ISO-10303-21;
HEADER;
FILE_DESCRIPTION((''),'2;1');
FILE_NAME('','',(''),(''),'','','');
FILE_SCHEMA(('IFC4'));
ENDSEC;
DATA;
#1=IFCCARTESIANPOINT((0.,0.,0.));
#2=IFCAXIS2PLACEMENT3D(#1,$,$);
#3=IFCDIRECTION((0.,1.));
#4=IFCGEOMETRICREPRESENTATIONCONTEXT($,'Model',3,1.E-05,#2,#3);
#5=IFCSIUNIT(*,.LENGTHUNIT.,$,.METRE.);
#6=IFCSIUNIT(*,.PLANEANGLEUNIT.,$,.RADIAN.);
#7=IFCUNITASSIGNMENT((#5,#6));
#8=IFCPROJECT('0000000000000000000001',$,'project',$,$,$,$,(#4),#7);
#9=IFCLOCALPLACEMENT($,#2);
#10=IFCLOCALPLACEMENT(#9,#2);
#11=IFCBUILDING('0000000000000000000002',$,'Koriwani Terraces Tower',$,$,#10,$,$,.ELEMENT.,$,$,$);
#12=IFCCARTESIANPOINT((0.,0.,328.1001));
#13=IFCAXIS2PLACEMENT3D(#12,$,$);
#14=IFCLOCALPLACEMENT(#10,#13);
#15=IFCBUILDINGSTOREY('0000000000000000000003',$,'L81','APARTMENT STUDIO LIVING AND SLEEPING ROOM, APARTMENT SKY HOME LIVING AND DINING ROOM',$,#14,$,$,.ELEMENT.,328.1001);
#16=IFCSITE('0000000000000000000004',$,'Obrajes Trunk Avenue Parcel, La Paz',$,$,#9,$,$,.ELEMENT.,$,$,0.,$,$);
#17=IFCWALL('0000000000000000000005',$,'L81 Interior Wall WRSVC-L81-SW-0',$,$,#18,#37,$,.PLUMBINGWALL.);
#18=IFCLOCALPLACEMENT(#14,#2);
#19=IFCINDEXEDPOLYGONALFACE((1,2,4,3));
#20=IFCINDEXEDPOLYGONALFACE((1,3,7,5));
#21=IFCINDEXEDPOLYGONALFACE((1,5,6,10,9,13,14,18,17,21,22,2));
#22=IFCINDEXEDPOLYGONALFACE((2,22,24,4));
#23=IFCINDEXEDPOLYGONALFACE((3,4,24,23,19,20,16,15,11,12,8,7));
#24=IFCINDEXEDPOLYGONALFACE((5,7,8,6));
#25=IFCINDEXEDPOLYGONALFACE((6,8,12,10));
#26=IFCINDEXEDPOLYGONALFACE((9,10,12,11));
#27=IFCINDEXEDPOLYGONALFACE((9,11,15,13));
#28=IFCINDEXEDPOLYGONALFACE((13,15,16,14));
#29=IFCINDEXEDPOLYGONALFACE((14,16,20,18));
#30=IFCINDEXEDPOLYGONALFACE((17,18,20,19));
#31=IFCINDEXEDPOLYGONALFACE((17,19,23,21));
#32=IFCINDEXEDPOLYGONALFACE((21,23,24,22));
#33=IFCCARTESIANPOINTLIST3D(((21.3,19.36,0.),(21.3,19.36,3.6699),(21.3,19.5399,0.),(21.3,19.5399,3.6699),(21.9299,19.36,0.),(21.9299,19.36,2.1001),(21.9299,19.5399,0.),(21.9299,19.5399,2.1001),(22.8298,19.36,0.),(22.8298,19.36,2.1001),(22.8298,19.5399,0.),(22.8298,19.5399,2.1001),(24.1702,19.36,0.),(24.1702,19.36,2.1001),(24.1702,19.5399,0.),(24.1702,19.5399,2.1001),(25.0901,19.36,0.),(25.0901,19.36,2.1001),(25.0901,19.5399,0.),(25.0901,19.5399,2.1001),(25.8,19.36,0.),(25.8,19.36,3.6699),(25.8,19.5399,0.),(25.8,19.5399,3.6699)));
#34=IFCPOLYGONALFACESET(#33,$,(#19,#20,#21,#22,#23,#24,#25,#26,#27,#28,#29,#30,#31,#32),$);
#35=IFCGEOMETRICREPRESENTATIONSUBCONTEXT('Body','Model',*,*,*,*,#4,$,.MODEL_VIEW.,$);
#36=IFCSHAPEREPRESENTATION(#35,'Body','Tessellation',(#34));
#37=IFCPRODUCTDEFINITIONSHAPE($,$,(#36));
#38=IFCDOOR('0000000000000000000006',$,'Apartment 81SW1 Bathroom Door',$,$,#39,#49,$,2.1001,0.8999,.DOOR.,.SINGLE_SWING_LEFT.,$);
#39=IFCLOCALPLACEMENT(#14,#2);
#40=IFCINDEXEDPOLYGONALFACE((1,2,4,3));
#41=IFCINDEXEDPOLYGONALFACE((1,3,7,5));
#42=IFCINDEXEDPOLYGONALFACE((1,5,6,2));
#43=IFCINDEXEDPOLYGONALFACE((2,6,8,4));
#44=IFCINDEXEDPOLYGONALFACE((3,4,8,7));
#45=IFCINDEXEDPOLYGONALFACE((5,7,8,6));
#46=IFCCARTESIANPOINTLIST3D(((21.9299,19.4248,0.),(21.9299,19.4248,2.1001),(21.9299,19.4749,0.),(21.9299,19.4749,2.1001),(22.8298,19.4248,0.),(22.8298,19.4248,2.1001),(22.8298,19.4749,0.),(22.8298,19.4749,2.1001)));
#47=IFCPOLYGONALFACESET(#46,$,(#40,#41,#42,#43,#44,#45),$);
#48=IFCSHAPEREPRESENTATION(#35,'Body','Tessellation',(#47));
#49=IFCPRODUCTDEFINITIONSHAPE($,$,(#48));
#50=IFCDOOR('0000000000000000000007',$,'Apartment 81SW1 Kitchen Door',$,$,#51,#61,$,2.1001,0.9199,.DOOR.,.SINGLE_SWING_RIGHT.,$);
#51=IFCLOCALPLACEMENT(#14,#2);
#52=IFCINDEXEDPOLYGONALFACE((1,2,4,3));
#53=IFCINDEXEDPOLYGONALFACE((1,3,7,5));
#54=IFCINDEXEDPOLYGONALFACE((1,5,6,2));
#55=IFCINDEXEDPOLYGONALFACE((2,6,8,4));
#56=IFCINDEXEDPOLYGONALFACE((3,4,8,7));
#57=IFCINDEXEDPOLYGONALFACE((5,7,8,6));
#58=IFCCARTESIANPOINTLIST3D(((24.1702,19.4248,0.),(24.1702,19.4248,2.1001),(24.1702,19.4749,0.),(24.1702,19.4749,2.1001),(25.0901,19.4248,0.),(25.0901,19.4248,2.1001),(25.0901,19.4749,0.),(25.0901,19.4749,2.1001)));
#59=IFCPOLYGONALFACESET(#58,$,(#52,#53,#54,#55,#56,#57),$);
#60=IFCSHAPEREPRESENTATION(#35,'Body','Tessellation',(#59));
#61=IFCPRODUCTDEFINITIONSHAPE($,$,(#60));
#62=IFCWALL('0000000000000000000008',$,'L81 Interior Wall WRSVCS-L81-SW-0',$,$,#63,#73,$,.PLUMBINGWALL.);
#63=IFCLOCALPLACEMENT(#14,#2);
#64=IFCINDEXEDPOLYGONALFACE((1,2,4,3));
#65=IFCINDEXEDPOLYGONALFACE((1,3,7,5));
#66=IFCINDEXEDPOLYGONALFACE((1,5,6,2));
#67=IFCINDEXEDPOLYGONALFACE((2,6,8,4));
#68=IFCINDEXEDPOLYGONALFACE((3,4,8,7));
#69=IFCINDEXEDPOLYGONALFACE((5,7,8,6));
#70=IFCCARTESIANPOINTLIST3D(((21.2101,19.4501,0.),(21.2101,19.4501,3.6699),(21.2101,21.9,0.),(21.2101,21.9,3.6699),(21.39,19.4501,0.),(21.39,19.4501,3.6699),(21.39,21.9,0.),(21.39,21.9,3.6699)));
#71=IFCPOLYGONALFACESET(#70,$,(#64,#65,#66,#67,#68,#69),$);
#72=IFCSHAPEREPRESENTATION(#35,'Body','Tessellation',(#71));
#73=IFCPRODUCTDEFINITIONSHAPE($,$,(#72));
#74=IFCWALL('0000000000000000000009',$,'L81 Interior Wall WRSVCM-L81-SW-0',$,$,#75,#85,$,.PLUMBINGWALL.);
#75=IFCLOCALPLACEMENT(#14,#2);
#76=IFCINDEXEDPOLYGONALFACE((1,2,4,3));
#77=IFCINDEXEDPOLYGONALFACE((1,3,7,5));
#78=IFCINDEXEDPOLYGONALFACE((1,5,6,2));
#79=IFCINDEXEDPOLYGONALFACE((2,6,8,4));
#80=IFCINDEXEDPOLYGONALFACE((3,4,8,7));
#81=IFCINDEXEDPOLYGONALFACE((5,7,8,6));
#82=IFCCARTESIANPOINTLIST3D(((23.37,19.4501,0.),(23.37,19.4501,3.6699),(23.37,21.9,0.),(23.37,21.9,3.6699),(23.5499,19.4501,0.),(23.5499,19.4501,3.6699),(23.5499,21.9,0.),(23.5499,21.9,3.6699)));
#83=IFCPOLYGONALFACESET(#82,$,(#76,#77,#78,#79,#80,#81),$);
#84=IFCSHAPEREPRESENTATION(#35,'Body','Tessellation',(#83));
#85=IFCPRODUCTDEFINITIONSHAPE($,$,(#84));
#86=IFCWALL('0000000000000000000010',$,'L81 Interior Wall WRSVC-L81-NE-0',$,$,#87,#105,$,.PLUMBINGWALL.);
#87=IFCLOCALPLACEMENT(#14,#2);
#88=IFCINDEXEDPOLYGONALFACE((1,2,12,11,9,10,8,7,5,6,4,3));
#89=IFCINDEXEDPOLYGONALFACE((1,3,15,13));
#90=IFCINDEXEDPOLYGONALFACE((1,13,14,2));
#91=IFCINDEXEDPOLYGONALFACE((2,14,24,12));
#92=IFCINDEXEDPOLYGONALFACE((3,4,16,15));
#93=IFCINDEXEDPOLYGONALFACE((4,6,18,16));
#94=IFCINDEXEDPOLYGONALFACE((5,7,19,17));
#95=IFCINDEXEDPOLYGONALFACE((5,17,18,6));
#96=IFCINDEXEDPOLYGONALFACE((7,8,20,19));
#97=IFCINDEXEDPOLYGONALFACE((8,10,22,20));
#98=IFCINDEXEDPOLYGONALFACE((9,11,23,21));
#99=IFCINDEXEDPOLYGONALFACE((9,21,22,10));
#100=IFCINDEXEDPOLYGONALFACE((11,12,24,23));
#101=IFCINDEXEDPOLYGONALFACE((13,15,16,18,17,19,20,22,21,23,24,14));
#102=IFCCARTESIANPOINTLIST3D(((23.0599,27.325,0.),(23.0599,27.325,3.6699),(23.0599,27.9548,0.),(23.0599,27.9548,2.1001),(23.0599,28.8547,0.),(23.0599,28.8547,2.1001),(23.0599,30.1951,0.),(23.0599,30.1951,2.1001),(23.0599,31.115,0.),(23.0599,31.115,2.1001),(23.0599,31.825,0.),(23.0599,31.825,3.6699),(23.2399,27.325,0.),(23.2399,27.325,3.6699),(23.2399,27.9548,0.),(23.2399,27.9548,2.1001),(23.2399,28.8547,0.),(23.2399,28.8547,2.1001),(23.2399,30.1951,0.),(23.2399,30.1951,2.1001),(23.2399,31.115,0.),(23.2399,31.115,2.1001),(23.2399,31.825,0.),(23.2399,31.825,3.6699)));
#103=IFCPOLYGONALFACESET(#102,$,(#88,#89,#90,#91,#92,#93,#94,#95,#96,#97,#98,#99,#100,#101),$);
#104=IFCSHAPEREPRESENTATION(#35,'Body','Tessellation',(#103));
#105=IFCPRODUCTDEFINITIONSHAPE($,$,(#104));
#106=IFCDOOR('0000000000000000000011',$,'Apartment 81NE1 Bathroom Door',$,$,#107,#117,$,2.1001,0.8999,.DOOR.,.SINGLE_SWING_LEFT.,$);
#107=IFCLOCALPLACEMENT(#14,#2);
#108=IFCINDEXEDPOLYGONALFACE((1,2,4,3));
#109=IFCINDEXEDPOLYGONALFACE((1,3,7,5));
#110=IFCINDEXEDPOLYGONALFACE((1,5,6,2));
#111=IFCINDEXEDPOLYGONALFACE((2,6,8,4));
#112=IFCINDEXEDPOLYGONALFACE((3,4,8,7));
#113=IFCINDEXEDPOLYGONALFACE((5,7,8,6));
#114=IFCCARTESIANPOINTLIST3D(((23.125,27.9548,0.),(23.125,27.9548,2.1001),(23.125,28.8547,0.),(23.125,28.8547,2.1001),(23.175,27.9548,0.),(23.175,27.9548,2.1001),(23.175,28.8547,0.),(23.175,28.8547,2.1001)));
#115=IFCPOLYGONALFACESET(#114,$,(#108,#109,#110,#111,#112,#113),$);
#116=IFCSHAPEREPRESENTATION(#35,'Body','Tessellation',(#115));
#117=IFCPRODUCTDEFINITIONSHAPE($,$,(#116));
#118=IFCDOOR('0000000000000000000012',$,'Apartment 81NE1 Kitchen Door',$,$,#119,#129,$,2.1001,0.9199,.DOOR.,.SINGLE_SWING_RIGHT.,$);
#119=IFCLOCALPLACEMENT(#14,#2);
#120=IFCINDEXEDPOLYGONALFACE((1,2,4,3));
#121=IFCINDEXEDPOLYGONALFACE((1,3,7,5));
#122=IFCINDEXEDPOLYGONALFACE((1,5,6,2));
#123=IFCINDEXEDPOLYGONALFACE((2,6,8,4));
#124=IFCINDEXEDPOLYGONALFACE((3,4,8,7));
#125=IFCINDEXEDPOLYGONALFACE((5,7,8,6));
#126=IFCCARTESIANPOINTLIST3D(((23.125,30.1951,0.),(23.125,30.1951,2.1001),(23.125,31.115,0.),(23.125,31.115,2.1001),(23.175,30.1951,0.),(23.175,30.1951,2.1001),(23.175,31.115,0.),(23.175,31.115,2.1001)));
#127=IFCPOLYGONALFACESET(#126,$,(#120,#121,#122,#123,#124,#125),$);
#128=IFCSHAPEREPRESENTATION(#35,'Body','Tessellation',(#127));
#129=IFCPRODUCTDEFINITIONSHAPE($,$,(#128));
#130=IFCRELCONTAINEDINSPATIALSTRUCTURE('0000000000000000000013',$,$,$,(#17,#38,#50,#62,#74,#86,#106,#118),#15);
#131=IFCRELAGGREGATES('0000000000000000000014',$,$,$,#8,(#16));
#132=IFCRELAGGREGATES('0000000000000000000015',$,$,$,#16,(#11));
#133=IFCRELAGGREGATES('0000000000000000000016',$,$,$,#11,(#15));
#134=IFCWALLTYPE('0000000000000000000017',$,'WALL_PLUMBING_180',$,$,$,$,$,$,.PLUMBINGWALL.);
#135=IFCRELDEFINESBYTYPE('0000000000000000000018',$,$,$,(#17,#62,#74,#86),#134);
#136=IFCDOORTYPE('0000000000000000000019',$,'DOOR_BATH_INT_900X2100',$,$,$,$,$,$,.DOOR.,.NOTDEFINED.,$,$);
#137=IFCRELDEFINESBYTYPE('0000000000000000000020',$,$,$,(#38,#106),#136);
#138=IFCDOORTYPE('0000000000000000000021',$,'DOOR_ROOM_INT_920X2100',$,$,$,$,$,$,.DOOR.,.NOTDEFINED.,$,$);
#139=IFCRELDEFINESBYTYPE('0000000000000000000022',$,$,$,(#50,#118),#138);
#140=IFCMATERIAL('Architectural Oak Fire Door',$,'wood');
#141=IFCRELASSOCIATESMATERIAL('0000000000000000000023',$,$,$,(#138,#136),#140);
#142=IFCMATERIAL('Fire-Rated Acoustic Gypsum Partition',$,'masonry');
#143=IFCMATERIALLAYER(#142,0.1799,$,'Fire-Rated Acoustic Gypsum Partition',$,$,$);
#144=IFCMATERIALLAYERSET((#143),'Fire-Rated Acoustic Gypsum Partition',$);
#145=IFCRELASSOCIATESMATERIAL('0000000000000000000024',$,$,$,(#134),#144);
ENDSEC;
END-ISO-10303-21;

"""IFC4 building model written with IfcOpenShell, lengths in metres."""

from ifc_helpers import new_model, si_unit, direction, frame, frame_2d, origin, place, context, subcontext, project, spatial, rectangle, extrude, material, layer, layer_set, type_object, element, fill, save


model = new_model("IFC4")

# Units and contexts
model_context = context("Model", 3, precision=1e-05, world=origin(), true_north=direction((0.0, 1.0)))
body_context = subcontext(model_context, "Body", "Model", "MODEL_VIEW")
ifc_project = project(units=[si_unit("LENGTHUNIT", "METRE"), si_unit("PLANEANGLEUNIT", "RADIAN")], contexts=[model_context])

# Site, building, storey
site_placement = place(None, origin())
site = spatial("IfcSite", under=ifc_project, at=site_placement, Name="Obrajes Trunk Avenue Parcel, La Paz", CompositionType="ELEMENT", RefElevation=0.0)
building_placement = place(site_placement, origin())
building = spatial("IfcBuilding", under=site, at=building_placement, Name="Koriwani Terraces Tower", CompositionType="ELEMENT")
storey_placement = place(building_placement, frame((0.0, 0.0, 328.1001)))
storey = spatial("IfcBuildingStorey", under=building, at=storey_placement, Name="L81", Description="APARTMENT STUDIO LIVING AND SLEEPING ROOM, APARTMENT SKY HOME LIVING AND DINING ROOM", CompositionType="ELEMENT", Elevation=328.1001)

# Shared definitions
ifc_material_1 = material(Name="Architectural Oak Fire Door", Category="wood")

# Wall, openings, doors
ifc_material_2 = material(Name="Fire-Rated Acoustic Gypsum Partition", Category="masonry")
door_type_1 = type_object("IfcDoorType", Name="DOOR_ROOM_INT_920X2100", OperationType="NOTDEFINED", PredefinedType="DOOR", material=ifc_material_1)
ifc_layer_1 = layer(ifc_material_2, 0.1799, Name="Fire-Rated Acoustic Gypsum Partition")
ifc_layer_set_1 = layer_set([ifc_layer_1], Name="Fire-Rated Acoustic Gypsum Partition")
wall_type_1 = type_object("IfcWallType", Name="WALL_PLUMBING_180", PredefinedType="PLUMBINGWALL", material=ifc_layer_set_1)
wall_1_placement = place(storey_placement, frame((21.3, 19.45, 0.0), z_axis=(0.0, 0.0, 1.0), x_axis=(1.0, 0.0, 0.0)))
wall_1 = element("IfcWall", 1, at=wall_1_placement, inside=storey, type_object=wall_type_1, Name="L81 Interior Wall WRSVC-L81-SW-0", PredefinedType="PLUMBINGWALL", context=body_context, shape_type="SweptSolid", body=[
    extrude(rectangle(XDim=4.5, YDim=0.1799, at=frame_2d((2.25, 0.0))), origin(), (0.0, 0.0, 1.0), 3.6699),
])
opening_1_placement = place(wall_1_placement, frame((0.6299, 0.0, 0.0)))
opening_1 = element("IfcOpeningElement", 2, at=opening_1_placement, cuts=wall_1, PredefinedType="OPENING", context=body_context, shape_type="SweptSolid", body=[
    extrude(rectangle(XDim=0.8999, YDim=2.1001, at=frame_2d((0.45, 1.05))), frame((0.0, 0.1001, 0.0), z_axis=(0.0, -1.0, 0.0), x_axis=(1.0, 0.0, 0.0)), (0.0, 0.0, 1.0), 0.2),
])
opening_2_placement = place(wall_1_placement, frame((2.8701, 0.0, 0.0)))
opening_2 = element("IfcOpeningElement", 3, at=opening_2_placement, cuts=wall_1, PredefinedType="OPENING", context=body_context, shape_type="SweptSolid", body=[
    extrude(rectangle(XDim=0.9199, YDim=2.1001, at=frame_2d((0.46, 1.05))), frame((0.0, 0.1001, 0.0), z_axis=(0.0, -1.0, 0.0), x_axis=(1.0, 0.0, 0.0)), (0.0, 0.0, 1.0), 0.2),
])
door_type_2 = type_object("IfcDoorType", Name="DOOR_BATH_INT_900X2100", OperationType="NOTDEFINED", PredefinedType="DOOR", material=ifc_material_1)
door_1_placement = place(opening_1_placement, origin())
door_1 = element("IfcDoor", 4, at=door_1_placement, inside=storey, type_object=door_type_2, Name="Apartment 81SW1 Bathroom Door", OperationType="SINGLE_SWING_LEFT", OverallHeight=2.1001, OverallWidth=0.8999, PredefinedType="DOOR", context=body_context, shape_type="SweptSolid", body=[
    extrude(rectangle(XDim=0.8999, YDim=2.1001, at=frame_2d((0.45, 1.05))), frame((0.0, 0.0249, 0.0), z_axis=(0.0, -1.0, 0.0), x_axis=(1.0, 0.0, 0.0)), (0.0, 0.0, 1.0), 0.05),
])
fill(opening_1, door_1)
door_2_placement = place(opening_2_placement, origin())
door_2 = element("IfcDoor", 5, at=door_2_placement, inside=storey, type_object=door_type_1, Name="Apartment 81SW1 Kitchen Door", OperationType="SINGLE_SWING_RIGHT", OverallHeight=2.1001, OverallWidth=0.9199, PredefinedType="DOOR", context=body_context, shape_type="SweptSolid", body=[
    extrude(rectangle(XDim=0.9199, YDim=2.1001, at=frame_2d((0.46, 1.05))), frame((0.0, 0.0249, 0.0), z_axis=(0.0, -1.0, 0.0), x_axis=(1.0, 0.0, 0.0)), (0.0, 0.0, 1.0), 0.05),
])
fill(opening_2, door_2)

# Walls
for number, where, z_axis, x_axis, name in (
    (6, (21.3, 19.45, 0.0), (0.0, 0.0, 1.0), (0.0, 1.0, 0.0), "L81 Interior Wall WRSVCS-L81-SW-0"),
    (7, (23.46, 19.45, 0.0), (0.0, 0.0, 1.0), (0.0, 1.0, 0.0), "L81 Interior Wall WRSVCM-L81-SW-0"),
):
    element("IfcWall", number, at=place(storey_placement, frame(where, z_axis=z_axis, x_axis=x_axis)), inside=storey, type_object=wall_type_1, Name=name, PredefinedType="PLUMBINGWALL", context=body_context, shape_type="SweptSolid", body=[
        extrude(rectangle(XDim=2.45, YDim=0.1799, at=frame_2d((1.2251, 0.0))), origin(), (0.0, 0.0, 1.0), 3.6699),
    ])

# Wall, openings, doors
wall_2_placement = place(storey_placement, frame((23.1499, 27.325, 0.0), z_axis=(0.0, 0.0, 1.0), x_axis=(0.0, 1.0, 0.0)))
wall_2 = element("IfcWall", 8, at=wall_2_placement, inside=storey, type_object=wall_type_1, Name="L81 Interior Wall WRSVC-L81-NE-0", PredefinedType="PLUMBINGWALL", context=body_context, shape_type="SweptSolid", body=[
    extrude(rectangle(XDim=4.5, YDim=0.1799, at=frame_2d((2.25, 0.0))), origin(), (0.0, 0.0, 1.0), 3.6699),
])
opening_3_placement = place(wall_2_placement, frame((0.6299, 0.0, 0.0)))
opening_3 = element("IfcOpeningElement", 9, at=opening_3_placement, cuts=wall_2, PredefinedType="OPENING", context=body_context, shape_type="SweptSolid", body=[
    extrude(rectangle(XDim=0.8999, YDim=2.1001, at=frame_2d((0.45, 1.05))), frame((0.0, 0.1001, 0.0), z_axis=(0.0, -1.0, 0.0), x_axis=(1.0, 0.0, 0.0)), (0.0, 0.0, 1.0), 0.2),
])
opening_4_placement = place(wall_2_placement, frame((2.8701, 0.0, 0.0)))
opening_4 = element("IfcOpeningElement", 10, at=opening_4_placement, cuts=wall_2, PredefinedType="OPENING", context=body_context, shape_type="SweptSolid", body=[
    extrude(rectangle(XDim=0.9199, YDim=2.1001, at=frame_2d((0.46, 1.05))), frame((0.0, 0.1001, 0.0), z_axis=(0.0, -1.0, 0.0), x_axis=(1.0, 0.0, 0.0)), (0.0, 0.0, 1.0), 0.2),
])
door_3_placement = place(opening_3_placement, origin())
door_3 = element("IfcDoor", 11, at=door_3_placement, inside=storey, type_object=door_type_2, Name="Apartment 81NE1 Bathroom Door", OperationType="SINGLE_SWING_LEFT", OverallHeight=2.1001, OverallWidth=0.8999, PredefinedType="DOOR", context=body_context, shape_type="SweptSolid", body=[
    extrude(rectangle(XDim=0.8999, YDim=2.1001, at=frame_2d((0.45, 1.05))), frame((0.0, 0.0249, 0.0), z_axis=(0.0, -1.0, 0.0), x_axis=(1.0, 0.0, 0.0)), (0.0, 0.0, 1.0), 0.05),
])
fill(opening_3, door_3)
door_4_placement = place(opening_4_placement, origin())
door_4 = element("IfcDoor", 12, at=door_4_placement, inside=storey, type_object=door_type_1, Name="Apartment 81NE1 Kitchen Door", OperationType="SINGLE_SWING_RIGHT", OverallHeight=2.1001, OverallWidth=0.9199, PredefinedType="DOOR", context=body_context, shape_type="SweptSolid", body=[
    extrude(rectangle(XDim=0.9199, YDim=2.1001, at=frame_2d((0.46, 1.05))), frame((0.0, 0.0249, 0.0), z_axis=(0.0, -1.0, 0.0), x_axis=(1.0, 0.0, 0.0)), (0.0, 0.0, 1.0), 0.05),
])
fill(opening_4, door_4)

save(model, "model.ifc")
